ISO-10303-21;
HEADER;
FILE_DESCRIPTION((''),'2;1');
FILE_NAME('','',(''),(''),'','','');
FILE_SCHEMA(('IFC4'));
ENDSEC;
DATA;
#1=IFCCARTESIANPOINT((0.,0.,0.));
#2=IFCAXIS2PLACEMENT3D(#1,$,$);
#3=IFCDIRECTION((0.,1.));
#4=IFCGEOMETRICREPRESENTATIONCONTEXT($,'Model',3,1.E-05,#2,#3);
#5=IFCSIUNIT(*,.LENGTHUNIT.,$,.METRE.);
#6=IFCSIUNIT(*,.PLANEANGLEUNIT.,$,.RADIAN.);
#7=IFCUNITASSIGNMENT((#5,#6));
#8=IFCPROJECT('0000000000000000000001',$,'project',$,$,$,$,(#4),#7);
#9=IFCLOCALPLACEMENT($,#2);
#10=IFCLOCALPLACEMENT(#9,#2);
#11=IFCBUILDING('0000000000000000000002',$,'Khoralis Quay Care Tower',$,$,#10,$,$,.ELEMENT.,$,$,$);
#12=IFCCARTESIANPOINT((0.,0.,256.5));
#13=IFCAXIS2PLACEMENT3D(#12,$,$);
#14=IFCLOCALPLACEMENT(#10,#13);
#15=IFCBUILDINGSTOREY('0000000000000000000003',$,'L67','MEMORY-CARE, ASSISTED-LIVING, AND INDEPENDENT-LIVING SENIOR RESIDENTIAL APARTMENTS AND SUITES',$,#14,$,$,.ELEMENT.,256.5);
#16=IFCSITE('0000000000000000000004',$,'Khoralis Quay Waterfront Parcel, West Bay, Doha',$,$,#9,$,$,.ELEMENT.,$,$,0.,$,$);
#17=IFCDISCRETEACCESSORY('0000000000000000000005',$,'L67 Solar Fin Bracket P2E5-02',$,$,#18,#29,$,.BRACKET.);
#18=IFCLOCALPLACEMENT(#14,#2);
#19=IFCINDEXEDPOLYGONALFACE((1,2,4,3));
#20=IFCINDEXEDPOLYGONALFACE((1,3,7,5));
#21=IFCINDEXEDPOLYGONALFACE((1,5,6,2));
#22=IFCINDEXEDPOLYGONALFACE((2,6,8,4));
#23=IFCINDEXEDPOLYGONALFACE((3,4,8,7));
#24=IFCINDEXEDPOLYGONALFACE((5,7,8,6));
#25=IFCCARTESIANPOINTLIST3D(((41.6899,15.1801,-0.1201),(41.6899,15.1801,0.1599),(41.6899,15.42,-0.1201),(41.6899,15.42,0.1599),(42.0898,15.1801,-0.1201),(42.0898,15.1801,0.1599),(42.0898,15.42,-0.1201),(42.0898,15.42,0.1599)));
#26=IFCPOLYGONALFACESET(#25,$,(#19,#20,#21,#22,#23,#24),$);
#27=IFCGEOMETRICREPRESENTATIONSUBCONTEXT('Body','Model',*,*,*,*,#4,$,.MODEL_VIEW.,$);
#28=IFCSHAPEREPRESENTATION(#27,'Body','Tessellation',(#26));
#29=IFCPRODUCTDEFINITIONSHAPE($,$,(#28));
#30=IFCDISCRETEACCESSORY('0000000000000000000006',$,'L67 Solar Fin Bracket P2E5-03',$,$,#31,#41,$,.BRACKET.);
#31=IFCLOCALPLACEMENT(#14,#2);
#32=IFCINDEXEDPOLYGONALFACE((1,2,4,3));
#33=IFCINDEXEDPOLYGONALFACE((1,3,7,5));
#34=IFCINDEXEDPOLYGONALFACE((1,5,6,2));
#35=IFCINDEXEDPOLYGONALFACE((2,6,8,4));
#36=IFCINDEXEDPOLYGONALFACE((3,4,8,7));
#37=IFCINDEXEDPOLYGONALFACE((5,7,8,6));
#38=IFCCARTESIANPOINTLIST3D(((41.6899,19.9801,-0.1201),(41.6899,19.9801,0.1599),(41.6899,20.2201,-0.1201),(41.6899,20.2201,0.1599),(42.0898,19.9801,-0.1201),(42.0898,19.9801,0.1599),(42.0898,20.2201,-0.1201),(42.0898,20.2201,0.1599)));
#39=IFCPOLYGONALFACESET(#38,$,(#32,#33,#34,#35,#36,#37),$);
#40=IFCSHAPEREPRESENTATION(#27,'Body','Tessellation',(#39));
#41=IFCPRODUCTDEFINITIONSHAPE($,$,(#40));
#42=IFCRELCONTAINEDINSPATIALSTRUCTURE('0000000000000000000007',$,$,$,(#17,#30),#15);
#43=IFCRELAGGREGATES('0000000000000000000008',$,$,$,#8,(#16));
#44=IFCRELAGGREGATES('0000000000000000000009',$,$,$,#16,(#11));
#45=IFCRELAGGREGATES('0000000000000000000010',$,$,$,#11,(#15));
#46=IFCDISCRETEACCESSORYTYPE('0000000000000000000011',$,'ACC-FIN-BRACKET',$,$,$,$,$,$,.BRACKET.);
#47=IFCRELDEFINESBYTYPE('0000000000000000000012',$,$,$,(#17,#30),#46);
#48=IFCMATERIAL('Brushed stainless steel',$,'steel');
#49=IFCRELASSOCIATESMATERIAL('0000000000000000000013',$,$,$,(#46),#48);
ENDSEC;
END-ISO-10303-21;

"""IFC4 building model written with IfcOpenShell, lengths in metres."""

from ifc_helpers import new_model, si_unit, direction, frame, origin, origin_2d, place, context, subcontext, project, spatial, rectangle, extrude, source, transform, mapped, material, type_object, element, save


model = new_model("IFC4")

# Units and contexts
model_context = context("Model", 3, precision=1e-05, world=origin(), true_north=direction((0.0, 1.0)))
body_context = subcontext(model_context, "Body", "Model", "MODEL_VIEW")
ifc_project = project(units=[si_unit("LENGTHUNIT", "METRE"), si_unit("PLANEANGLEUNIT", "RADIAN")], contexts=[model_context])

# Site, building, storey
site_placement = place(None, origin())
site = spatial("IfcSite", under=ifc_project, at=site_placement, Name="Khoralis Quay Waterfront Parcel, West Bay, Doha", CompositionType="ELEMENT", RefElevation=0.0)
building_placement = place(site_placement, origin())
building = spatial("IfcBuilding", under=site, at=building_placement, Name="Khoralis Quay Care Tower", CompositionType="ELEMENT")
storey_placement = place(building_placement, frame((0.0, 0.0, 256.5)))
storey = spatial("IfcBuildingStorey", under=building, at=storey_placement, Name="L67", Description="MEMORY-CARE, ASSISTED-LIVING, AND INDEPENDENT-LIVING SENIOR RESIDENTIAL APARTMENTS AND SUITES", CompositionType="ELEMENT", Elevation=256.5)

# Shared definitions
ifc_material_1 = material(Name="Brushed stainless steel", Category="steel")

# Discrete accessories
discrete_accessory_type = type_object("IfcDiscreteAccessoryType", Name="ACC-FIN-BRACKET", PredefinedType="BRACKET", material=ifc_material_1)
shared_shape_1 = source(origin(), body_context, "Body", "SweptSolid", [
    extrude(rectangle(XDim=0.3999, YDim=0.24, at=origin_2d()), origin(), (0.0, 0.0, 1.0), 0.28),
])
for number, where, z_axis, x_axis, name in (
    (1, (41.8899, 15.3, -0.1201), (0.0, 0.0, 1.0), (1.0, 0.0, 0.0), "L67 Solar Fin Bracket P2E5-02"),
    (2, (41.8899, 20.1001, -0.1201), (0.0, 0.0, 1.0), (1.0, 0.0, 0.0), "L67 Solar Fin Bracket P2E5-03"),
):
    element("IfcDiscreteAccessory", number, at=place(storey_placement, frame(where, z_axis=z_axis, x_axis=x_axis)), inside=storey, type_object=discrete_accessory_type, Name=name, PredefinedType="BRACKET", context=body_context, shape_type="MappedRepresentation", body=[
        mapped(shared_shape_1, transform((0.0, 0.0, 0.0), scale=1.0)),
    ])

save(model, "model.ifc")
